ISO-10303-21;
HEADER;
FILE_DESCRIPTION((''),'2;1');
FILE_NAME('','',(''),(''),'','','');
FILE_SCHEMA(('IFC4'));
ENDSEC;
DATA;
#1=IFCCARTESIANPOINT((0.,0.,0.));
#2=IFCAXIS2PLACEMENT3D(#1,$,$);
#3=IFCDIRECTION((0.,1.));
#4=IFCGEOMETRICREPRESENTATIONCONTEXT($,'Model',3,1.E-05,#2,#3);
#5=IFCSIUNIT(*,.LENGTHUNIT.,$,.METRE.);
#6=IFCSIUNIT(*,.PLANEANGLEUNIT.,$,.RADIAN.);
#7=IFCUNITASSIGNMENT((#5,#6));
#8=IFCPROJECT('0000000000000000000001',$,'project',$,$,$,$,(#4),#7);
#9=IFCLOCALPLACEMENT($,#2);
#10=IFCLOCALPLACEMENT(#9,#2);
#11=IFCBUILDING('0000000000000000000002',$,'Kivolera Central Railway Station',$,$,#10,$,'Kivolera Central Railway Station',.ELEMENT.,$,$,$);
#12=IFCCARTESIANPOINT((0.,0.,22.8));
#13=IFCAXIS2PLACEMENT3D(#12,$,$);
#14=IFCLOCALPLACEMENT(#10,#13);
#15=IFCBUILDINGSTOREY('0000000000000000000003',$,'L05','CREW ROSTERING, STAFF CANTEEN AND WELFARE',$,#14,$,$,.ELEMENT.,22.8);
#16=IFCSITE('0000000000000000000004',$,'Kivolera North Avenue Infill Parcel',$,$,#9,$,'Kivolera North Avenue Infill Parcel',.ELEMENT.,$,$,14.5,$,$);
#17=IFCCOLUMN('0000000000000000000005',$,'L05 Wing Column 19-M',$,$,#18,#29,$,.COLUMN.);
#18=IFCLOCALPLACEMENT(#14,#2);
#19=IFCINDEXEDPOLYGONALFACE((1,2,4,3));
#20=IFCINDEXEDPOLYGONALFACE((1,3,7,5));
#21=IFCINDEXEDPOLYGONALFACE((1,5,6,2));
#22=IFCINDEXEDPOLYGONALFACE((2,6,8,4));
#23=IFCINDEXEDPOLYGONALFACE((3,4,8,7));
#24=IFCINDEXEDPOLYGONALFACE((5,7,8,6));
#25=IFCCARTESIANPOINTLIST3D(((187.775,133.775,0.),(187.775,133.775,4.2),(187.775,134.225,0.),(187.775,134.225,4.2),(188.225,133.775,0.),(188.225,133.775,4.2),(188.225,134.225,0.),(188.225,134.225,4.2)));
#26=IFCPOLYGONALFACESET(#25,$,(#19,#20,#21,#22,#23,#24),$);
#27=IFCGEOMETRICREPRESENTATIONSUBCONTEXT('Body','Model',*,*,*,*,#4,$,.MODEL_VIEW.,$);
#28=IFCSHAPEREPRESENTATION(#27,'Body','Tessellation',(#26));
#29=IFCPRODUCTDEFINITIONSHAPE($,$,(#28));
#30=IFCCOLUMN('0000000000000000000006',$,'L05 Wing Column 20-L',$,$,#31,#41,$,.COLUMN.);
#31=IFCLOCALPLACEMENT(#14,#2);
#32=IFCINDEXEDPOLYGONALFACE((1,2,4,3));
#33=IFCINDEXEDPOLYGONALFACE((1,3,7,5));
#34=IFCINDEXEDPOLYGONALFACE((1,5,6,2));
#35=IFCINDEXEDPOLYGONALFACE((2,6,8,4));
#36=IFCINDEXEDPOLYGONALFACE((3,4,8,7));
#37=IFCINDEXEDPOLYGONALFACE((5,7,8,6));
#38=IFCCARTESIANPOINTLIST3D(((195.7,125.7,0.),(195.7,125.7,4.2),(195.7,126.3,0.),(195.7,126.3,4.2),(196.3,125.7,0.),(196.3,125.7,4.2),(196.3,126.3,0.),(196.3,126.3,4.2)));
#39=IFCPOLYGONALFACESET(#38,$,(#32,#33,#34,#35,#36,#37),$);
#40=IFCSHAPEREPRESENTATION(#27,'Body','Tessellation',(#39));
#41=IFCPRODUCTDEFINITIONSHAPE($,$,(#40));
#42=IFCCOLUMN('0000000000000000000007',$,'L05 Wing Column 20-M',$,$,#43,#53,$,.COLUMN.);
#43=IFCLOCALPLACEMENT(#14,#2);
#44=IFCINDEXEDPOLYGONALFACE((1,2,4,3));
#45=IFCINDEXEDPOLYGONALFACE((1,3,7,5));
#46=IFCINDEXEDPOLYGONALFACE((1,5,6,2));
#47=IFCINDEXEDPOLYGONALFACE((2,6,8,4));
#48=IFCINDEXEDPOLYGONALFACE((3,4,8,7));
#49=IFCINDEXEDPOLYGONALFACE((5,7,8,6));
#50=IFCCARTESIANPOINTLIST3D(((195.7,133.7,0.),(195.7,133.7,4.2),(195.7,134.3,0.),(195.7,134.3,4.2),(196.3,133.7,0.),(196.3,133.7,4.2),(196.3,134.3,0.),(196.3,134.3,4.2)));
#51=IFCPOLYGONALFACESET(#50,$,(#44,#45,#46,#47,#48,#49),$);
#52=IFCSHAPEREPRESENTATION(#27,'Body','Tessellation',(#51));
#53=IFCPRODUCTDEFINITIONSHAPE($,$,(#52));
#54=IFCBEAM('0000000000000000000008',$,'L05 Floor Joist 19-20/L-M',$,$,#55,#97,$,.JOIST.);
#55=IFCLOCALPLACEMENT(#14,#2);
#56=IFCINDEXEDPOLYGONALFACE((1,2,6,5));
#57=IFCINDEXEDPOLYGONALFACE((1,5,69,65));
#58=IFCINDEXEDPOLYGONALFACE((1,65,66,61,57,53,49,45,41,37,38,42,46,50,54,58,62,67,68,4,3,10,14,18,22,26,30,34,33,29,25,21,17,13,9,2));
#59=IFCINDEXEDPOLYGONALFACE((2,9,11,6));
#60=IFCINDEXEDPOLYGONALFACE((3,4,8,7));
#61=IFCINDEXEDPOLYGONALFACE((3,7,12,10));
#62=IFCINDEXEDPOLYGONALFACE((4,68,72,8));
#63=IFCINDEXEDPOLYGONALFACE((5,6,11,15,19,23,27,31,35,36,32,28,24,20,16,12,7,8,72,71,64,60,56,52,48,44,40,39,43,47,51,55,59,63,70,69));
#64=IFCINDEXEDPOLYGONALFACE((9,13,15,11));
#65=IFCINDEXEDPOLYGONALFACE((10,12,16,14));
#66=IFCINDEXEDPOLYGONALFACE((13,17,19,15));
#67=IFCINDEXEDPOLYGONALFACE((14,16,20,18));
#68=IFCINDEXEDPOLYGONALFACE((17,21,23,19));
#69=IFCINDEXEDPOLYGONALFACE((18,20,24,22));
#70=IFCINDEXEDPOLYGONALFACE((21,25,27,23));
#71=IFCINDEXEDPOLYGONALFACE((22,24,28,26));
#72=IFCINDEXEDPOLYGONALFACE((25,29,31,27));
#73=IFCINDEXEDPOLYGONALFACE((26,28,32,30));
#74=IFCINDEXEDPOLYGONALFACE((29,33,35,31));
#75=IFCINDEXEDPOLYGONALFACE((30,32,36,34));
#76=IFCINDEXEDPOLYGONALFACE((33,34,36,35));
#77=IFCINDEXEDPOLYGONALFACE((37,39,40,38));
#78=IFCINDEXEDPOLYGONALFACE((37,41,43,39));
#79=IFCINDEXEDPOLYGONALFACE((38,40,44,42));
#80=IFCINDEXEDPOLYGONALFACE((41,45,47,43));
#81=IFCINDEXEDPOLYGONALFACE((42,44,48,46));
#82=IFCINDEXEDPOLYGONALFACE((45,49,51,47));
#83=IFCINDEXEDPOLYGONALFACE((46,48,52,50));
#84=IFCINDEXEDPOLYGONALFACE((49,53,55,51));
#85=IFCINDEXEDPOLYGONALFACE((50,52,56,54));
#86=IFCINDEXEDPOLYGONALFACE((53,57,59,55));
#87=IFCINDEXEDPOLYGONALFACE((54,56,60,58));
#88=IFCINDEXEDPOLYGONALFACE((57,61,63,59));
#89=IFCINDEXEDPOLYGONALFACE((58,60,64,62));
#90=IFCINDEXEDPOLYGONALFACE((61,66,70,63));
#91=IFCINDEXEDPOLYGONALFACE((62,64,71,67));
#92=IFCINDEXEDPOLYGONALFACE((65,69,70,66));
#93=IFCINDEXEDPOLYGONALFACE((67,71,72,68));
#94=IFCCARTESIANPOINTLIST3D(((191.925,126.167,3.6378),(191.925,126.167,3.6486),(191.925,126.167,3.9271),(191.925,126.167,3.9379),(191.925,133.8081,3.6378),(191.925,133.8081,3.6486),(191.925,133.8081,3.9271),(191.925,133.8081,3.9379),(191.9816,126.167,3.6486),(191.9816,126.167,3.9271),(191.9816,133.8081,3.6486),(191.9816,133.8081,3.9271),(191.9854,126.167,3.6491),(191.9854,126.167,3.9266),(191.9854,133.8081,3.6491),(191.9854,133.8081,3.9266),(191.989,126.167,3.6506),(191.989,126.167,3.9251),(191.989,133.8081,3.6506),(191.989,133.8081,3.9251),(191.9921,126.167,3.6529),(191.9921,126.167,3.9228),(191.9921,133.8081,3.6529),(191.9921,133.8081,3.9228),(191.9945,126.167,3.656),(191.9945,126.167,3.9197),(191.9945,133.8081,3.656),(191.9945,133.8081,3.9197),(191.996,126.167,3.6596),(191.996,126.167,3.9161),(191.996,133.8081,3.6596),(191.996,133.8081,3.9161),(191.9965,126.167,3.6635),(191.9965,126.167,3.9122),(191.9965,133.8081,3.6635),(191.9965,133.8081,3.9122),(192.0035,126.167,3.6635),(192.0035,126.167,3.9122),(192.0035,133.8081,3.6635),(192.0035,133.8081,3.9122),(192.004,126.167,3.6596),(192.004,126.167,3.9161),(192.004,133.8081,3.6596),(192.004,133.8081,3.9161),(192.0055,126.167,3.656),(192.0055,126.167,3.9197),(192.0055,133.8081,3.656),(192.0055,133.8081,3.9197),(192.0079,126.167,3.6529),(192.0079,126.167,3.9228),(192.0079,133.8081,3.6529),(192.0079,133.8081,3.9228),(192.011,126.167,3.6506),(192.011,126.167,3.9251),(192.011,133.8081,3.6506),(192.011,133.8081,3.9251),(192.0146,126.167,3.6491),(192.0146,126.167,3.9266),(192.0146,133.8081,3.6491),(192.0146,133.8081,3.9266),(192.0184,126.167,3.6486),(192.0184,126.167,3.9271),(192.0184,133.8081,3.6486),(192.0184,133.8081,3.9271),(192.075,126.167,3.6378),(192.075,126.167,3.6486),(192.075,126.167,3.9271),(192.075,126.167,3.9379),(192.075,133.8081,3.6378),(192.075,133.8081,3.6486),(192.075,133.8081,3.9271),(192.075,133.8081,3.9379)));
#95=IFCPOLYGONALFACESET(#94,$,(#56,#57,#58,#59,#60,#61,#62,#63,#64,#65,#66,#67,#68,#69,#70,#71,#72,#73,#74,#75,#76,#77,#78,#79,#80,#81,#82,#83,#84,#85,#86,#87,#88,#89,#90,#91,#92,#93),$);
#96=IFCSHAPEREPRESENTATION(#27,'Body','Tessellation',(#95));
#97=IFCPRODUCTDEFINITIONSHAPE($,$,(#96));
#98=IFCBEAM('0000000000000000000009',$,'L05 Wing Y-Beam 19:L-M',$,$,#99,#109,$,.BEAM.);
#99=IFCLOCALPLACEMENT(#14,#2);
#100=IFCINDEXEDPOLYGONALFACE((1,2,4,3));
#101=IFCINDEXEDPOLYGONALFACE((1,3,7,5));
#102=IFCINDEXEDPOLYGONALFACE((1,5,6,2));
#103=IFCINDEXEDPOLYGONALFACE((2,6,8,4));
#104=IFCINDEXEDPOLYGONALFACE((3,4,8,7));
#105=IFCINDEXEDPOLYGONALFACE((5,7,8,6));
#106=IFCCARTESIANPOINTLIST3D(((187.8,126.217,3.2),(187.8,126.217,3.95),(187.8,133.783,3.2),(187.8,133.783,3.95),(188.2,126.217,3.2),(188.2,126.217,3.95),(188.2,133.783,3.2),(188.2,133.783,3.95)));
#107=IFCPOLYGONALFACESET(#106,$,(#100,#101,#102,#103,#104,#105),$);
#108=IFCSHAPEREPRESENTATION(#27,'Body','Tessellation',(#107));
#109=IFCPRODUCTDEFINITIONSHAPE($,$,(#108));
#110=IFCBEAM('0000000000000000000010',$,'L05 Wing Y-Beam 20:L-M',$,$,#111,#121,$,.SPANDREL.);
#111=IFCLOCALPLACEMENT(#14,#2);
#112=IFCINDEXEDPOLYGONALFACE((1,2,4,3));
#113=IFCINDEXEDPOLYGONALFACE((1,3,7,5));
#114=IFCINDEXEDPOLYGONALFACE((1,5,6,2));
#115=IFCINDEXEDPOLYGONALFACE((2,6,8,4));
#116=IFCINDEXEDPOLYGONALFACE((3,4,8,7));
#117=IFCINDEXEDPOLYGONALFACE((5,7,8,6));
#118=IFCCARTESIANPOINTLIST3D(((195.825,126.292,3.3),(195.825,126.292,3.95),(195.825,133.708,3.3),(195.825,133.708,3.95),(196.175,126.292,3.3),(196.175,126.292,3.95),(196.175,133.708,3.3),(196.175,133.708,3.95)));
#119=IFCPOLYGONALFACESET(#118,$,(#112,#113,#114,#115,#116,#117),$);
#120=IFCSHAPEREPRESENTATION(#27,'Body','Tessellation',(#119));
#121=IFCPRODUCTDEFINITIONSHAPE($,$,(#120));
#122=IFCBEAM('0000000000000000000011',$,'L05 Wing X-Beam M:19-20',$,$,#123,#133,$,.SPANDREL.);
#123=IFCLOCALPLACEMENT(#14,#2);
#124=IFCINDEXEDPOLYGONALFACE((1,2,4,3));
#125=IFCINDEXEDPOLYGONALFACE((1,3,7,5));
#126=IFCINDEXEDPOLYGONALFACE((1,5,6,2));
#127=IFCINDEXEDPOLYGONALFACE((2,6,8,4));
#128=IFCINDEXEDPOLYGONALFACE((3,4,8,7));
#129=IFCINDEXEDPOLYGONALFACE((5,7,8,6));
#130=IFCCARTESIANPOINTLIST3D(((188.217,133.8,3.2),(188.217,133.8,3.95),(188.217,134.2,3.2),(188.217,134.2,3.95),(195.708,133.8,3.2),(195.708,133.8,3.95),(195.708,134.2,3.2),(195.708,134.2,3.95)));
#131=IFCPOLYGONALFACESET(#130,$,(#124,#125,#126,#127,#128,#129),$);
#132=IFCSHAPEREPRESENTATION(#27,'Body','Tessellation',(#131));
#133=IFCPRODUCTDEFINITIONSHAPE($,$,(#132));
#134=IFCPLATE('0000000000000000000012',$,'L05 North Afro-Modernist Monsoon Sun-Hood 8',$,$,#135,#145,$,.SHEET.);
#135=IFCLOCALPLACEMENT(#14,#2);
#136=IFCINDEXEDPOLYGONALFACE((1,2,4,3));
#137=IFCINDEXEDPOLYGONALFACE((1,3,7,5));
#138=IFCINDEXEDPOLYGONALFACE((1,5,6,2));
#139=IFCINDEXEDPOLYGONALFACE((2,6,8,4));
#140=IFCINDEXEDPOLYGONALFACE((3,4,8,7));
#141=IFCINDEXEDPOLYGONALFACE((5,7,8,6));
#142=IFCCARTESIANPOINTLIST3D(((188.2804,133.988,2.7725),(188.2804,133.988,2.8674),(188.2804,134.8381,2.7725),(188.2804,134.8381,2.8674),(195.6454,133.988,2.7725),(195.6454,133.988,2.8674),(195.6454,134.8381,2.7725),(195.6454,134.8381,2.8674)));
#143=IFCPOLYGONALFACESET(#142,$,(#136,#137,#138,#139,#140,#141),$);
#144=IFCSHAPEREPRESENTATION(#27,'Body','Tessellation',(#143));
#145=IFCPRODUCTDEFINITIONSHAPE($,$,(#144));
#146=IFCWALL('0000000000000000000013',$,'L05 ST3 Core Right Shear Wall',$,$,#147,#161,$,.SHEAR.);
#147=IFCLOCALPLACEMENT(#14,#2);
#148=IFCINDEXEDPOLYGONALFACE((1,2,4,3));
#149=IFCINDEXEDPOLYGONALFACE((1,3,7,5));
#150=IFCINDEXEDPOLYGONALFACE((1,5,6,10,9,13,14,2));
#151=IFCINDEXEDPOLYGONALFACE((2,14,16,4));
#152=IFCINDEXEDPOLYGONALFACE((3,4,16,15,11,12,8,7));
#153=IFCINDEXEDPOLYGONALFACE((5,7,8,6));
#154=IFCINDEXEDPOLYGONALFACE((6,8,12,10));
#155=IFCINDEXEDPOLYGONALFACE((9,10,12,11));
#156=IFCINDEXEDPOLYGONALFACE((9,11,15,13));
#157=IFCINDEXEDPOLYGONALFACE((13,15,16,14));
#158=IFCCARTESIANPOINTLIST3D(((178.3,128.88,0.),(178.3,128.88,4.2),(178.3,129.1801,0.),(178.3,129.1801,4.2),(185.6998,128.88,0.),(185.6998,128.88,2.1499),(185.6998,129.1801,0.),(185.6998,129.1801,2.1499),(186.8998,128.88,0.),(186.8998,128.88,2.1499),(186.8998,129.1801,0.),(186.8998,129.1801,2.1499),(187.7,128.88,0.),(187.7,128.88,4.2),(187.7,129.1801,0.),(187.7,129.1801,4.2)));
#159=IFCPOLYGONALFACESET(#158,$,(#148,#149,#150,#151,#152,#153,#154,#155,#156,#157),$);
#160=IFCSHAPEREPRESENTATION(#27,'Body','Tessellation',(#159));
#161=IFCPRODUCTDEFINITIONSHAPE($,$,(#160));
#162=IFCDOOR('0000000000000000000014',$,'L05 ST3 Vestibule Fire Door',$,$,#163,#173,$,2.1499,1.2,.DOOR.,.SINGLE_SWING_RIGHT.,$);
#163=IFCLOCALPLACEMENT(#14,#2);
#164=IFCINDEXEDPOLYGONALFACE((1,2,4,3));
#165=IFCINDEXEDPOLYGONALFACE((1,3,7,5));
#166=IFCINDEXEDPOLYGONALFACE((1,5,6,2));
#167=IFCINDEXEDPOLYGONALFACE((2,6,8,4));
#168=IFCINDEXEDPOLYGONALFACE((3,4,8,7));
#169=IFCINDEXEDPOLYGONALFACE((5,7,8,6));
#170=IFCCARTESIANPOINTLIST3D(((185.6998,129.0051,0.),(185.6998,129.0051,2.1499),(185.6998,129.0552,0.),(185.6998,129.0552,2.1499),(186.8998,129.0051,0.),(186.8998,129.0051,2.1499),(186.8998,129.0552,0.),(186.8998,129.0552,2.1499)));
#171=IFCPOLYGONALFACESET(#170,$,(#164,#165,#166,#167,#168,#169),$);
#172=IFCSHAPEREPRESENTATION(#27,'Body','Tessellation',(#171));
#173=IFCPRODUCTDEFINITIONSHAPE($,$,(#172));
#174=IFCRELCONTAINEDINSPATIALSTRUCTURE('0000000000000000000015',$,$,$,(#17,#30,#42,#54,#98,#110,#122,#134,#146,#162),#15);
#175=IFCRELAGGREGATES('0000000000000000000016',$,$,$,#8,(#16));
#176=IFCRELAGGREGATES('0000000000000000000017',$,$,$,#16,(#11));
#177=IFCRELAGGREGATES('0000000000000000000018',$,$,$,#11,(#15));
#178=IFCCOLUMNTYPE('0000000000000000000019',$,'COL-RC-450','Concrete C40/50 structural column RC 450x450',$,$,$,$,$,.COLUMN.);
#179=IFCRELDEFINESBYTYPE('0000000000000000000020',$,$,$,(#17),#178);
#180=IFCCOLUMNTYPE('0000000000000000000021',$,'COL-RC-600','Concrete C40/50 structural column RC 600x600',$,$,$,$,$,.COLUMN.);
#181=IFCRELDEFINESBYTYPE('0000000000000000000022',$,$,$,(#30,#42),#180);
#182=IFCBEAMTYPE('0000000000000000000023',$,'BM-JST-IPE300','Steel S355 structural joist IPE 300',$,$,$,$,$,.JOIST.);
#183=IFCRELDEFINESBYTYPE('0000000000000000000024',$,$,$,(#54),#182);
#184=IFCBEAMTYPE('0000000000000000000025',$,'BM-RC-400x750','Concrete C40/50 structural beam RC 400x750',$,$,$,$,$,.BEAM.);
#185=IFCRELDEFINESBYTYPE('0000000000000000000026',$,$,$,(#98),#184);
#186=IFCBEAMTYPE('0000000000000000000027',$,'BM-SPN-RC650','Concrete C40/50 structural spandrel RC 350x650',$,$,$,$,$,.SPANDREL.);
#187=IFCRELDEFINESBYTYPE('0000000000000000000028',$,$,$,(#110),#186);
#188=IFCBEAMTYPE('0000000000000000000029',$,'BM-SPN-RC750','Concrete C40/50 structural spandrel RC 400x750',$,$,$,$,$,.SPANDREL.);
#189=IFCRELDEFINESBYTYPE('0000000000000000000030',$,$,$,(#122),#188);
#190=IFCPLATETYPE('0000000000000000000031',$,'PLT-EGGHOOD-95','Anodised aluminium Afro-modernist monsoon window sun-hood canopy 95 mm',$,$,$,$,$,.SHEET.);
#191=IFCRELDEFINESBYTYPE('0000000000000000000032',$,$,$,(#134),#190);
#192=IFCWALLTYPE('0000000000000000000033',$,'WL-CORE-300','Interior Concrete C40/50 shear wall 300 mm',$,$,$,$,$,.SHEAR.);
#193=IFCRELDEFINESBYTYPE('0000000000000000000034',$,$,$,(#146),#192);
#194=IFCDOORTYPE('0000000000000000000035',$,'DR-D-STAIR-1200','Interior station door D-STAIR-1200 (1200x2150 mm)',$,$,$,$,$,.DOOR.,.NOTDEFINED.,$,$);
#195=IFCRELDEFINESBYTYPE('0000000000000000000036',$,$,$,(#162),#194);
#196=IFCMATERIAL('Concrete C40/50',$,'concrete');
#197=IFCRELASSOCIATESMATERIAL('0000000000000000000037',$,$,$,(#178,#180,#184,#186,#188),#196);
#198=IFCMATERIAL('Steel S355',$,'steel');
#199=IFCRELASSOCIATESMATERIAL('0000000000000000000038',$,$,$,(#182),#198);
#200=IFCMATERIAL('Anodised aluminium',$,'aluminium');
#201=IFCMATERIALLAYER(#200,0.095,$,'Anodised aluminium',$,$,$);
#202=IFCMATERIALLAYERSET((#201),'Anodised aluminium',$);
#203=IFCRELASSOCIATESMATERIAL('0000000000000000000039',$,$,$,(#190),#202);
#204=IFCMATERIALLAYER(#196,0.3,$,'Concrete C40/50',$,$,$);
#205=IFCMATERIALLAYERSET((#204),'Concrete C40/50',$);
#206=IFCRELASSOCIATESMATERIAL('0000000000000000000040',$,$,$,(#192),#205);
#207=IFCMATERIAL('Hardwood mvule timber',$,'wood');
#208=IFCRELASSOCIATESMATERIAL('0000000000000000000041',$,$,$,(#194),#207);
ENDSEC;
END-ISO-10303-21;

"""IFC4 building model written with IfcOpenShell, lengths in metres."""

from ifc_helpers import new_model, si_unit, direction, frame, frame_2d, origin, origin_2d, place, context, subcontext, project, spatial, rectangle, i_section, extrude, material, layer, layer_set, material_profile, profile_set, type_object, element, fill, save


model = new_model("IFC4")

# Units and contexts
model_context = context("Model", 3, precision=1e-05, world=origin(), true_north=direction((0.0, 1.0)))
body_context = subcontext(model_context, "Body", "Model", "MODEL_VIEW")
ifc_project = project(units=[si_unit("LENGTHUNIT", "METRE"), si_unit("PLANEANGLEUNIT", "RADIAN")], contexts=[model_context])

# Site, building, storey
site_placement = place(None, origin())
site = spatial("IfcSite", under=ifc_project, at=site_placement, Name="Kivolera North Avenue Infill Parcel", LongName="Kivolera North Avenue Infill Parcel", CompositionType="ELEMENT", RefElevation=14.5)
building_placement = place(site_placement, origin())
building = spatial("IfcBuilding", under=site, at=building_placement, Name="Kivolera Central Railway Station", LongName="Kivolera Central Railway Station", CompositionType="ELEMENT")
storey_placement = place(building_placement, frame((0.0, 0.0, 22.8)))
storey = spatial("IfcBuildingStorey", under=building, at=storey_placement, Name="L05", Description="CREW ROSTERING, STAFF CANTEEN AND WELFARE", CompositionType="ELEMENT", Elevation=22.8)

# Columns
ifc_material_1 = material(Name="Concrete C40/50", Category="concrete")
ifc_material_profile_1 = material_profile(ifc_material_1, rectangle(XDim=0.45, YDim=0.45, at=origin_2d()), Name="RC 450x450")
ifc_profile_set_1 = profile_set([ifc_material_profile_1], Name="Concrete C40/50")
column_type_1 = type_object("IfcColumnType", Name="COL-RC-450", Description="Concrete C40/50 structural column RC 450x450", PredefinedType="COLUMN", material=ifc_profile_set_1)
column_placement = place(storey_placement, frame((188.0, 134.0, 0.0), z_axis=(0.0, 0.0, 1.0), x_axis=(1.0, 0.0, 0.0)))
element("IfcColumn", 1, at=column_placement, inside=storey, type_object=column_type_1, Name="L05 Wing Column 19-M", PredefinedType="COLUMN", context=body_context, shape_type="SweptSolid", body=[
    extrude(rectangle(XDim=0.45, YDim=0.45, at=origin_2d()), origin(), (0.0, 0.0, 1.0), 4.2),
])
ifc_material_profile_2 = material_profile(ifc_material_1, rectangle(XDim=0.6001, YDim=0.6001, at=origin_2d()), Name="RC 600x600")
ifc_profile_set_2 = profile_set([ifc_material_profile_2], Name="Concrete C40/50")
column_type_2 = type_object("IfcColumnType", Name="COL-RC-600", Description="Concrete C40/50 structural column RC 600x600", PredefinedType="COLUMN", material=ifc_profile_set_2)
for number, where, z_axis, x_axis, name in (
    (2, (196.0, 126.0, 0.0), (0.0, 0.0, 1.0), (1.0, 0.0, 0.0), "L05 Wing Column 20-L"),
    (3, (196.0, 134.0, 0.0), (0.0, 0.0, 1.0), (1.0, 0.0, 0.0), "L05 Wing Column 20-M"),
):
    element("IfcColumn", number, at=place(storey_placement, frame(where, z_axis=z_axis, x_axis=x_axis)), inside=storey, type_object=column_type_2, Name=name, PredefinedType="COLUMN", context=body_context, shape_type="SweptSolid", body=[
        extrude(rectangle(XDim=0.6001, YDim=0.6001, at=origin_2d()), origin(), (0.0, 0.0, 1.0), 4.2),
    ])

# Beams
ifc_material_2 = material(Name="Steel S355", Category="steel")
ifc_material_profile_3 = material_profile(ifc_material_2, i_section(OverallWidth=0.1499, OverallDepth=0.3, WebThickness=0.0071, FlangeThickness=0.0107, FilletRadius=0.0149, at=origin_2d()), Name="IPE 300")
ifc_profile_set_3 = profile_set([ifc_material_profile_3], Name="Steel S355")
beam_type_1 = type_object("IfcBeamType", Name="BM-JST-IPE300", Description="Steel S355 structural joist IPE 300", PredefinedType="JOIST", material=ifc_profile_set_3)
beam_1_placement = place(storey_placement, frame((192.0, 126.167, 3.7878), z_axis=(0.0, 1.0, 0.0), x_axis=(-1.0, 0.0, 0.0)))
element("IfcBeam", 4, at=beam_1_placement, inside=storey, type_object=beam_type_1, Name="L05 Floor Joist 19-20/L-M", PredefinedType="JOIST", context=body_context, shape_type="SweptSolid", body=[
    extrude(i_section(OverallWidth=0.1499, OverallDepth=0.3, WebThickness=0.0071, FlangeThickness=0.0107, FilletRadius=0.0149, at=origin_2d()), origin(), (0.0, 0.0, 1.0), 7.6411),
])
ifc_material_profile_4 = material_profile(ifc_material_1, rectangle(XDim=0.3999, YDim=0.75, at=origin_2d()), Name="RC 400x750")
ifc_profile_set_4 = profile_set([ifc_material_profile_4], Name="Concrete C40/50")
beam_type_2 = type_object("IfcBeamType", Name="BM-RC-400x750", Description="Concrete C40/50 structural beam RC 400x750", PredefinedType="BEAM", material=ifc_profile_set_4)
beam_2_placement = place(storey_placement, frame((188.0, 126.217, 3.575), z_axis=(0.0, 1.0, 0.0), x_axis=(-1.0, 0.0, 0.0)))
element("IfcBeam", 5, at=beam_2_placement, inside=storey, type_object=beam_type_2, Name="L05 Wing Y-Beam 19:L-M", PredefinedType="BEAM", context=body_context, shape_type="SweptSolid", body=[
    extrude(rectangle(XDim=0.3999, YDim=0.75, at=origin_2d()), origin(), (0.0, 0.0, 1.0), 7.5659),
])
ifc_material_profile_5 = material_profile(ifc_material_1, rectangle(XDim=0.3501, YDim=0.6499, at=origin_2d()), Name="RC 350x650")
ifc_profile_set_5 = profile_set([ifc_material_profile_5], Name="Concrete C40/50")
beam_type_3 = type_object("IfcBeamType", Name="BM-SPN-RC650", Description="Concrete C40/50 structural spandrel RC 350x650", PredefinedType="SPANDREL", material=ifc_profile_set_5)
beam_3_placement = place(storey_placement, frame((196.0, 126.292, 3.625), z_axis=(0.0, 1.0, 0.0), x_axis=(-1.0, 0.0, 0.0)))
element("IfcBeam", 6, at=beam_3_placement, inside=storey, type_object=beam_type_3, Name="L05 Wing Y-Beam 20:L-M", PredefinedType="SPANDREL", context=body_context, shape_type="SweptSolid", body=[
    extrude(rectangle(XDim=0.3501, YDim=0.6499, at=origin_2d()), origin(), (0.0, 0.0, 1.0), 7.416),
])
ifc_material_profile_6 = material_profile(ifc_material_1, rectangle(XDim=0.3999, YDim=0.75, at=origin_2d()), Name="RC 400x750")
ifc_profile_set_6 = profile_set([ifc_material_profile_6], Name="Concrete C40/50")
beam_type_4 = type_object("IfcBeamType", Name="BM-SPN-RC750", Description="Concrete C40/50 structural spandrel RC 400x750", PredefinedType="SPANDREL", material=ifc_profile_set_6)
beam_4_placement = place(storey_placement, frame((188.217, 134.0, 3.575), z_axis=(1.0, 0.0, 0.0), x_axis=(0.0, 1.0, 0.0)))
element("IfcBeam", 7, at=beam_4_placement, inside=storey, type_object=beam_type_4, Name="L05 Wing X-Beam M:19-20", PredefinedType="SPANDREL", context=body_context, shape_type="SweptSolid", body=[
    extrude(rectangle(XDim=0.3999, YDim=0.75, at=origin_2d()), origin(), (0.0, 0.0, 1.0), 7.491),
])

# Plate
ifc_material_3 = material(Name="Anodised aluminium", Category="aluminium")
ifc_layer_1 = layer(ifc_material_3, 0.095, Name="Anodised aluminium")
ifc_layer_set_1 = layer_set([ifc_layer_1], Name="Anodised aluminium")
plate_type = type_object("IfcPlateType", Name="PLT-EGGHOOD-95", Description="Anodised aluminium Afro-modernist monsoon window sun-hood canopy 95 mm", PredefinedType="SHEET", material=ifc_layer_set_1)
plate_placement = place(storey_placement, frame((191.9629, 134.4131, 2.7725), z_axis=(0.0, 0.0, 1.0), x_axis=(1.0, 0.0, 0.0)))
element("IfcPlate", 8, at=plate_placement, inside=storey, type_object=plate_type, Name="L05 North Afro-Modernist Monsoon Sun-Hood 8", PredefinedType="SHEET", context=body_context, shape_type="SweptSolid", body=[
    extrude(rectangle(XDim=7.365, YDim=0.8501, at=origin_2d()), origin(), (0.0, 0.0, 1.0), 0.095),
])

# Wall, opening, door
ifc_layer_2 = layer(ifc_material_1, 0.3, Name="Concrete C40/50")
ifc_layer_set_2 = layer_set([ifc_layer_2], Name="Concrete C40/50")
wall_type_1 = type_object("IfcWallType", Name="WL-CORE-300", Description="Interior Concrete C40/50 shear wall 300 mm", PredefinedType="SHEAR", material=ifc_layer_set_2)
wall_1_placement = place(storey_placement, frame((187.7, 129.03, 0.0), z_axis=(0.0, 0.0, 1.0), x_axis=(-1.0, 0.0, 0.0)))
wall_1 = element("IfcWall", 9, at=wall_1_placement, inside=storey, type_object=wall_type_1, Name="L05 ST3 Core Right Shear Wall", PredefinedType="SHEAR", context=body_context, shape_type="SweptSolid", body=[
    extrude(rectangle(XDim=9.3999, YDim=0.3, at=frame_2d((4.7, 0.0))), origin(), (0.0, 0.0, 1.0), 4.2),
])
opening_1_placement = place(wall_1_placement, frame((0.8, 0.0, 0.0)))
opening_1 = element("IfcOpeningElement", 10, at=opening_1_placement, cuts=wall_1, PredefinedType="OPENING", context=body_context, shape_type="SweptSolid", body=[
    extrude(rectangle(XDim=1.2, YDim=2.1499, at=frame_2d((0.6001, 1.075))), frame((0.0, 0.1599, 0.0), z_axis=(0.0, -1.0, 0.0), x_axis=(1.0, 0.0, 0.0)), (0.0, 0.0, 1.0), 0.3201),
])
ifc_material_4 = material(Name="Hardwood mvule timber", Category="wood")
door_type_1 = type_object("IfcDoorType", Name="DR-D-STAIR-1200", Description="Interior station door D-STAIR-1200 (1200x2150 mm)", OperationType="NOTDEFINED", PredefinedType="DOOR", material=ifc_material_4)
door_1_placement = place(opening_1_placement, origin())
door_1 = element("IfcDoor", 11, at=door_1_placement, inside=storey, type_object=door_type_1, Name="L05 ST3 Vestibule Fire Door", OperationType="SINGLE_SWING_RIGHT", OverallHeight=2.1499, OverallWidth=1.2, PredefinedType="DOOR", context=body_context, shape_type="SweptSolid", body=[
    extrude(rectangle(XDim=1.2, YDim=2.1499, at=frame_2d((0.6001, 1.075))), frame((0.0, 0.0249, 0.0), z_axis=(0.0, -1.0, 0.0), x_axis=(1.0, 0.0, 0.0)), (0.0, 0.0, 1.0), 0.05),
])
fill(opening_1, door_1)

save(model, "model.ifc")
